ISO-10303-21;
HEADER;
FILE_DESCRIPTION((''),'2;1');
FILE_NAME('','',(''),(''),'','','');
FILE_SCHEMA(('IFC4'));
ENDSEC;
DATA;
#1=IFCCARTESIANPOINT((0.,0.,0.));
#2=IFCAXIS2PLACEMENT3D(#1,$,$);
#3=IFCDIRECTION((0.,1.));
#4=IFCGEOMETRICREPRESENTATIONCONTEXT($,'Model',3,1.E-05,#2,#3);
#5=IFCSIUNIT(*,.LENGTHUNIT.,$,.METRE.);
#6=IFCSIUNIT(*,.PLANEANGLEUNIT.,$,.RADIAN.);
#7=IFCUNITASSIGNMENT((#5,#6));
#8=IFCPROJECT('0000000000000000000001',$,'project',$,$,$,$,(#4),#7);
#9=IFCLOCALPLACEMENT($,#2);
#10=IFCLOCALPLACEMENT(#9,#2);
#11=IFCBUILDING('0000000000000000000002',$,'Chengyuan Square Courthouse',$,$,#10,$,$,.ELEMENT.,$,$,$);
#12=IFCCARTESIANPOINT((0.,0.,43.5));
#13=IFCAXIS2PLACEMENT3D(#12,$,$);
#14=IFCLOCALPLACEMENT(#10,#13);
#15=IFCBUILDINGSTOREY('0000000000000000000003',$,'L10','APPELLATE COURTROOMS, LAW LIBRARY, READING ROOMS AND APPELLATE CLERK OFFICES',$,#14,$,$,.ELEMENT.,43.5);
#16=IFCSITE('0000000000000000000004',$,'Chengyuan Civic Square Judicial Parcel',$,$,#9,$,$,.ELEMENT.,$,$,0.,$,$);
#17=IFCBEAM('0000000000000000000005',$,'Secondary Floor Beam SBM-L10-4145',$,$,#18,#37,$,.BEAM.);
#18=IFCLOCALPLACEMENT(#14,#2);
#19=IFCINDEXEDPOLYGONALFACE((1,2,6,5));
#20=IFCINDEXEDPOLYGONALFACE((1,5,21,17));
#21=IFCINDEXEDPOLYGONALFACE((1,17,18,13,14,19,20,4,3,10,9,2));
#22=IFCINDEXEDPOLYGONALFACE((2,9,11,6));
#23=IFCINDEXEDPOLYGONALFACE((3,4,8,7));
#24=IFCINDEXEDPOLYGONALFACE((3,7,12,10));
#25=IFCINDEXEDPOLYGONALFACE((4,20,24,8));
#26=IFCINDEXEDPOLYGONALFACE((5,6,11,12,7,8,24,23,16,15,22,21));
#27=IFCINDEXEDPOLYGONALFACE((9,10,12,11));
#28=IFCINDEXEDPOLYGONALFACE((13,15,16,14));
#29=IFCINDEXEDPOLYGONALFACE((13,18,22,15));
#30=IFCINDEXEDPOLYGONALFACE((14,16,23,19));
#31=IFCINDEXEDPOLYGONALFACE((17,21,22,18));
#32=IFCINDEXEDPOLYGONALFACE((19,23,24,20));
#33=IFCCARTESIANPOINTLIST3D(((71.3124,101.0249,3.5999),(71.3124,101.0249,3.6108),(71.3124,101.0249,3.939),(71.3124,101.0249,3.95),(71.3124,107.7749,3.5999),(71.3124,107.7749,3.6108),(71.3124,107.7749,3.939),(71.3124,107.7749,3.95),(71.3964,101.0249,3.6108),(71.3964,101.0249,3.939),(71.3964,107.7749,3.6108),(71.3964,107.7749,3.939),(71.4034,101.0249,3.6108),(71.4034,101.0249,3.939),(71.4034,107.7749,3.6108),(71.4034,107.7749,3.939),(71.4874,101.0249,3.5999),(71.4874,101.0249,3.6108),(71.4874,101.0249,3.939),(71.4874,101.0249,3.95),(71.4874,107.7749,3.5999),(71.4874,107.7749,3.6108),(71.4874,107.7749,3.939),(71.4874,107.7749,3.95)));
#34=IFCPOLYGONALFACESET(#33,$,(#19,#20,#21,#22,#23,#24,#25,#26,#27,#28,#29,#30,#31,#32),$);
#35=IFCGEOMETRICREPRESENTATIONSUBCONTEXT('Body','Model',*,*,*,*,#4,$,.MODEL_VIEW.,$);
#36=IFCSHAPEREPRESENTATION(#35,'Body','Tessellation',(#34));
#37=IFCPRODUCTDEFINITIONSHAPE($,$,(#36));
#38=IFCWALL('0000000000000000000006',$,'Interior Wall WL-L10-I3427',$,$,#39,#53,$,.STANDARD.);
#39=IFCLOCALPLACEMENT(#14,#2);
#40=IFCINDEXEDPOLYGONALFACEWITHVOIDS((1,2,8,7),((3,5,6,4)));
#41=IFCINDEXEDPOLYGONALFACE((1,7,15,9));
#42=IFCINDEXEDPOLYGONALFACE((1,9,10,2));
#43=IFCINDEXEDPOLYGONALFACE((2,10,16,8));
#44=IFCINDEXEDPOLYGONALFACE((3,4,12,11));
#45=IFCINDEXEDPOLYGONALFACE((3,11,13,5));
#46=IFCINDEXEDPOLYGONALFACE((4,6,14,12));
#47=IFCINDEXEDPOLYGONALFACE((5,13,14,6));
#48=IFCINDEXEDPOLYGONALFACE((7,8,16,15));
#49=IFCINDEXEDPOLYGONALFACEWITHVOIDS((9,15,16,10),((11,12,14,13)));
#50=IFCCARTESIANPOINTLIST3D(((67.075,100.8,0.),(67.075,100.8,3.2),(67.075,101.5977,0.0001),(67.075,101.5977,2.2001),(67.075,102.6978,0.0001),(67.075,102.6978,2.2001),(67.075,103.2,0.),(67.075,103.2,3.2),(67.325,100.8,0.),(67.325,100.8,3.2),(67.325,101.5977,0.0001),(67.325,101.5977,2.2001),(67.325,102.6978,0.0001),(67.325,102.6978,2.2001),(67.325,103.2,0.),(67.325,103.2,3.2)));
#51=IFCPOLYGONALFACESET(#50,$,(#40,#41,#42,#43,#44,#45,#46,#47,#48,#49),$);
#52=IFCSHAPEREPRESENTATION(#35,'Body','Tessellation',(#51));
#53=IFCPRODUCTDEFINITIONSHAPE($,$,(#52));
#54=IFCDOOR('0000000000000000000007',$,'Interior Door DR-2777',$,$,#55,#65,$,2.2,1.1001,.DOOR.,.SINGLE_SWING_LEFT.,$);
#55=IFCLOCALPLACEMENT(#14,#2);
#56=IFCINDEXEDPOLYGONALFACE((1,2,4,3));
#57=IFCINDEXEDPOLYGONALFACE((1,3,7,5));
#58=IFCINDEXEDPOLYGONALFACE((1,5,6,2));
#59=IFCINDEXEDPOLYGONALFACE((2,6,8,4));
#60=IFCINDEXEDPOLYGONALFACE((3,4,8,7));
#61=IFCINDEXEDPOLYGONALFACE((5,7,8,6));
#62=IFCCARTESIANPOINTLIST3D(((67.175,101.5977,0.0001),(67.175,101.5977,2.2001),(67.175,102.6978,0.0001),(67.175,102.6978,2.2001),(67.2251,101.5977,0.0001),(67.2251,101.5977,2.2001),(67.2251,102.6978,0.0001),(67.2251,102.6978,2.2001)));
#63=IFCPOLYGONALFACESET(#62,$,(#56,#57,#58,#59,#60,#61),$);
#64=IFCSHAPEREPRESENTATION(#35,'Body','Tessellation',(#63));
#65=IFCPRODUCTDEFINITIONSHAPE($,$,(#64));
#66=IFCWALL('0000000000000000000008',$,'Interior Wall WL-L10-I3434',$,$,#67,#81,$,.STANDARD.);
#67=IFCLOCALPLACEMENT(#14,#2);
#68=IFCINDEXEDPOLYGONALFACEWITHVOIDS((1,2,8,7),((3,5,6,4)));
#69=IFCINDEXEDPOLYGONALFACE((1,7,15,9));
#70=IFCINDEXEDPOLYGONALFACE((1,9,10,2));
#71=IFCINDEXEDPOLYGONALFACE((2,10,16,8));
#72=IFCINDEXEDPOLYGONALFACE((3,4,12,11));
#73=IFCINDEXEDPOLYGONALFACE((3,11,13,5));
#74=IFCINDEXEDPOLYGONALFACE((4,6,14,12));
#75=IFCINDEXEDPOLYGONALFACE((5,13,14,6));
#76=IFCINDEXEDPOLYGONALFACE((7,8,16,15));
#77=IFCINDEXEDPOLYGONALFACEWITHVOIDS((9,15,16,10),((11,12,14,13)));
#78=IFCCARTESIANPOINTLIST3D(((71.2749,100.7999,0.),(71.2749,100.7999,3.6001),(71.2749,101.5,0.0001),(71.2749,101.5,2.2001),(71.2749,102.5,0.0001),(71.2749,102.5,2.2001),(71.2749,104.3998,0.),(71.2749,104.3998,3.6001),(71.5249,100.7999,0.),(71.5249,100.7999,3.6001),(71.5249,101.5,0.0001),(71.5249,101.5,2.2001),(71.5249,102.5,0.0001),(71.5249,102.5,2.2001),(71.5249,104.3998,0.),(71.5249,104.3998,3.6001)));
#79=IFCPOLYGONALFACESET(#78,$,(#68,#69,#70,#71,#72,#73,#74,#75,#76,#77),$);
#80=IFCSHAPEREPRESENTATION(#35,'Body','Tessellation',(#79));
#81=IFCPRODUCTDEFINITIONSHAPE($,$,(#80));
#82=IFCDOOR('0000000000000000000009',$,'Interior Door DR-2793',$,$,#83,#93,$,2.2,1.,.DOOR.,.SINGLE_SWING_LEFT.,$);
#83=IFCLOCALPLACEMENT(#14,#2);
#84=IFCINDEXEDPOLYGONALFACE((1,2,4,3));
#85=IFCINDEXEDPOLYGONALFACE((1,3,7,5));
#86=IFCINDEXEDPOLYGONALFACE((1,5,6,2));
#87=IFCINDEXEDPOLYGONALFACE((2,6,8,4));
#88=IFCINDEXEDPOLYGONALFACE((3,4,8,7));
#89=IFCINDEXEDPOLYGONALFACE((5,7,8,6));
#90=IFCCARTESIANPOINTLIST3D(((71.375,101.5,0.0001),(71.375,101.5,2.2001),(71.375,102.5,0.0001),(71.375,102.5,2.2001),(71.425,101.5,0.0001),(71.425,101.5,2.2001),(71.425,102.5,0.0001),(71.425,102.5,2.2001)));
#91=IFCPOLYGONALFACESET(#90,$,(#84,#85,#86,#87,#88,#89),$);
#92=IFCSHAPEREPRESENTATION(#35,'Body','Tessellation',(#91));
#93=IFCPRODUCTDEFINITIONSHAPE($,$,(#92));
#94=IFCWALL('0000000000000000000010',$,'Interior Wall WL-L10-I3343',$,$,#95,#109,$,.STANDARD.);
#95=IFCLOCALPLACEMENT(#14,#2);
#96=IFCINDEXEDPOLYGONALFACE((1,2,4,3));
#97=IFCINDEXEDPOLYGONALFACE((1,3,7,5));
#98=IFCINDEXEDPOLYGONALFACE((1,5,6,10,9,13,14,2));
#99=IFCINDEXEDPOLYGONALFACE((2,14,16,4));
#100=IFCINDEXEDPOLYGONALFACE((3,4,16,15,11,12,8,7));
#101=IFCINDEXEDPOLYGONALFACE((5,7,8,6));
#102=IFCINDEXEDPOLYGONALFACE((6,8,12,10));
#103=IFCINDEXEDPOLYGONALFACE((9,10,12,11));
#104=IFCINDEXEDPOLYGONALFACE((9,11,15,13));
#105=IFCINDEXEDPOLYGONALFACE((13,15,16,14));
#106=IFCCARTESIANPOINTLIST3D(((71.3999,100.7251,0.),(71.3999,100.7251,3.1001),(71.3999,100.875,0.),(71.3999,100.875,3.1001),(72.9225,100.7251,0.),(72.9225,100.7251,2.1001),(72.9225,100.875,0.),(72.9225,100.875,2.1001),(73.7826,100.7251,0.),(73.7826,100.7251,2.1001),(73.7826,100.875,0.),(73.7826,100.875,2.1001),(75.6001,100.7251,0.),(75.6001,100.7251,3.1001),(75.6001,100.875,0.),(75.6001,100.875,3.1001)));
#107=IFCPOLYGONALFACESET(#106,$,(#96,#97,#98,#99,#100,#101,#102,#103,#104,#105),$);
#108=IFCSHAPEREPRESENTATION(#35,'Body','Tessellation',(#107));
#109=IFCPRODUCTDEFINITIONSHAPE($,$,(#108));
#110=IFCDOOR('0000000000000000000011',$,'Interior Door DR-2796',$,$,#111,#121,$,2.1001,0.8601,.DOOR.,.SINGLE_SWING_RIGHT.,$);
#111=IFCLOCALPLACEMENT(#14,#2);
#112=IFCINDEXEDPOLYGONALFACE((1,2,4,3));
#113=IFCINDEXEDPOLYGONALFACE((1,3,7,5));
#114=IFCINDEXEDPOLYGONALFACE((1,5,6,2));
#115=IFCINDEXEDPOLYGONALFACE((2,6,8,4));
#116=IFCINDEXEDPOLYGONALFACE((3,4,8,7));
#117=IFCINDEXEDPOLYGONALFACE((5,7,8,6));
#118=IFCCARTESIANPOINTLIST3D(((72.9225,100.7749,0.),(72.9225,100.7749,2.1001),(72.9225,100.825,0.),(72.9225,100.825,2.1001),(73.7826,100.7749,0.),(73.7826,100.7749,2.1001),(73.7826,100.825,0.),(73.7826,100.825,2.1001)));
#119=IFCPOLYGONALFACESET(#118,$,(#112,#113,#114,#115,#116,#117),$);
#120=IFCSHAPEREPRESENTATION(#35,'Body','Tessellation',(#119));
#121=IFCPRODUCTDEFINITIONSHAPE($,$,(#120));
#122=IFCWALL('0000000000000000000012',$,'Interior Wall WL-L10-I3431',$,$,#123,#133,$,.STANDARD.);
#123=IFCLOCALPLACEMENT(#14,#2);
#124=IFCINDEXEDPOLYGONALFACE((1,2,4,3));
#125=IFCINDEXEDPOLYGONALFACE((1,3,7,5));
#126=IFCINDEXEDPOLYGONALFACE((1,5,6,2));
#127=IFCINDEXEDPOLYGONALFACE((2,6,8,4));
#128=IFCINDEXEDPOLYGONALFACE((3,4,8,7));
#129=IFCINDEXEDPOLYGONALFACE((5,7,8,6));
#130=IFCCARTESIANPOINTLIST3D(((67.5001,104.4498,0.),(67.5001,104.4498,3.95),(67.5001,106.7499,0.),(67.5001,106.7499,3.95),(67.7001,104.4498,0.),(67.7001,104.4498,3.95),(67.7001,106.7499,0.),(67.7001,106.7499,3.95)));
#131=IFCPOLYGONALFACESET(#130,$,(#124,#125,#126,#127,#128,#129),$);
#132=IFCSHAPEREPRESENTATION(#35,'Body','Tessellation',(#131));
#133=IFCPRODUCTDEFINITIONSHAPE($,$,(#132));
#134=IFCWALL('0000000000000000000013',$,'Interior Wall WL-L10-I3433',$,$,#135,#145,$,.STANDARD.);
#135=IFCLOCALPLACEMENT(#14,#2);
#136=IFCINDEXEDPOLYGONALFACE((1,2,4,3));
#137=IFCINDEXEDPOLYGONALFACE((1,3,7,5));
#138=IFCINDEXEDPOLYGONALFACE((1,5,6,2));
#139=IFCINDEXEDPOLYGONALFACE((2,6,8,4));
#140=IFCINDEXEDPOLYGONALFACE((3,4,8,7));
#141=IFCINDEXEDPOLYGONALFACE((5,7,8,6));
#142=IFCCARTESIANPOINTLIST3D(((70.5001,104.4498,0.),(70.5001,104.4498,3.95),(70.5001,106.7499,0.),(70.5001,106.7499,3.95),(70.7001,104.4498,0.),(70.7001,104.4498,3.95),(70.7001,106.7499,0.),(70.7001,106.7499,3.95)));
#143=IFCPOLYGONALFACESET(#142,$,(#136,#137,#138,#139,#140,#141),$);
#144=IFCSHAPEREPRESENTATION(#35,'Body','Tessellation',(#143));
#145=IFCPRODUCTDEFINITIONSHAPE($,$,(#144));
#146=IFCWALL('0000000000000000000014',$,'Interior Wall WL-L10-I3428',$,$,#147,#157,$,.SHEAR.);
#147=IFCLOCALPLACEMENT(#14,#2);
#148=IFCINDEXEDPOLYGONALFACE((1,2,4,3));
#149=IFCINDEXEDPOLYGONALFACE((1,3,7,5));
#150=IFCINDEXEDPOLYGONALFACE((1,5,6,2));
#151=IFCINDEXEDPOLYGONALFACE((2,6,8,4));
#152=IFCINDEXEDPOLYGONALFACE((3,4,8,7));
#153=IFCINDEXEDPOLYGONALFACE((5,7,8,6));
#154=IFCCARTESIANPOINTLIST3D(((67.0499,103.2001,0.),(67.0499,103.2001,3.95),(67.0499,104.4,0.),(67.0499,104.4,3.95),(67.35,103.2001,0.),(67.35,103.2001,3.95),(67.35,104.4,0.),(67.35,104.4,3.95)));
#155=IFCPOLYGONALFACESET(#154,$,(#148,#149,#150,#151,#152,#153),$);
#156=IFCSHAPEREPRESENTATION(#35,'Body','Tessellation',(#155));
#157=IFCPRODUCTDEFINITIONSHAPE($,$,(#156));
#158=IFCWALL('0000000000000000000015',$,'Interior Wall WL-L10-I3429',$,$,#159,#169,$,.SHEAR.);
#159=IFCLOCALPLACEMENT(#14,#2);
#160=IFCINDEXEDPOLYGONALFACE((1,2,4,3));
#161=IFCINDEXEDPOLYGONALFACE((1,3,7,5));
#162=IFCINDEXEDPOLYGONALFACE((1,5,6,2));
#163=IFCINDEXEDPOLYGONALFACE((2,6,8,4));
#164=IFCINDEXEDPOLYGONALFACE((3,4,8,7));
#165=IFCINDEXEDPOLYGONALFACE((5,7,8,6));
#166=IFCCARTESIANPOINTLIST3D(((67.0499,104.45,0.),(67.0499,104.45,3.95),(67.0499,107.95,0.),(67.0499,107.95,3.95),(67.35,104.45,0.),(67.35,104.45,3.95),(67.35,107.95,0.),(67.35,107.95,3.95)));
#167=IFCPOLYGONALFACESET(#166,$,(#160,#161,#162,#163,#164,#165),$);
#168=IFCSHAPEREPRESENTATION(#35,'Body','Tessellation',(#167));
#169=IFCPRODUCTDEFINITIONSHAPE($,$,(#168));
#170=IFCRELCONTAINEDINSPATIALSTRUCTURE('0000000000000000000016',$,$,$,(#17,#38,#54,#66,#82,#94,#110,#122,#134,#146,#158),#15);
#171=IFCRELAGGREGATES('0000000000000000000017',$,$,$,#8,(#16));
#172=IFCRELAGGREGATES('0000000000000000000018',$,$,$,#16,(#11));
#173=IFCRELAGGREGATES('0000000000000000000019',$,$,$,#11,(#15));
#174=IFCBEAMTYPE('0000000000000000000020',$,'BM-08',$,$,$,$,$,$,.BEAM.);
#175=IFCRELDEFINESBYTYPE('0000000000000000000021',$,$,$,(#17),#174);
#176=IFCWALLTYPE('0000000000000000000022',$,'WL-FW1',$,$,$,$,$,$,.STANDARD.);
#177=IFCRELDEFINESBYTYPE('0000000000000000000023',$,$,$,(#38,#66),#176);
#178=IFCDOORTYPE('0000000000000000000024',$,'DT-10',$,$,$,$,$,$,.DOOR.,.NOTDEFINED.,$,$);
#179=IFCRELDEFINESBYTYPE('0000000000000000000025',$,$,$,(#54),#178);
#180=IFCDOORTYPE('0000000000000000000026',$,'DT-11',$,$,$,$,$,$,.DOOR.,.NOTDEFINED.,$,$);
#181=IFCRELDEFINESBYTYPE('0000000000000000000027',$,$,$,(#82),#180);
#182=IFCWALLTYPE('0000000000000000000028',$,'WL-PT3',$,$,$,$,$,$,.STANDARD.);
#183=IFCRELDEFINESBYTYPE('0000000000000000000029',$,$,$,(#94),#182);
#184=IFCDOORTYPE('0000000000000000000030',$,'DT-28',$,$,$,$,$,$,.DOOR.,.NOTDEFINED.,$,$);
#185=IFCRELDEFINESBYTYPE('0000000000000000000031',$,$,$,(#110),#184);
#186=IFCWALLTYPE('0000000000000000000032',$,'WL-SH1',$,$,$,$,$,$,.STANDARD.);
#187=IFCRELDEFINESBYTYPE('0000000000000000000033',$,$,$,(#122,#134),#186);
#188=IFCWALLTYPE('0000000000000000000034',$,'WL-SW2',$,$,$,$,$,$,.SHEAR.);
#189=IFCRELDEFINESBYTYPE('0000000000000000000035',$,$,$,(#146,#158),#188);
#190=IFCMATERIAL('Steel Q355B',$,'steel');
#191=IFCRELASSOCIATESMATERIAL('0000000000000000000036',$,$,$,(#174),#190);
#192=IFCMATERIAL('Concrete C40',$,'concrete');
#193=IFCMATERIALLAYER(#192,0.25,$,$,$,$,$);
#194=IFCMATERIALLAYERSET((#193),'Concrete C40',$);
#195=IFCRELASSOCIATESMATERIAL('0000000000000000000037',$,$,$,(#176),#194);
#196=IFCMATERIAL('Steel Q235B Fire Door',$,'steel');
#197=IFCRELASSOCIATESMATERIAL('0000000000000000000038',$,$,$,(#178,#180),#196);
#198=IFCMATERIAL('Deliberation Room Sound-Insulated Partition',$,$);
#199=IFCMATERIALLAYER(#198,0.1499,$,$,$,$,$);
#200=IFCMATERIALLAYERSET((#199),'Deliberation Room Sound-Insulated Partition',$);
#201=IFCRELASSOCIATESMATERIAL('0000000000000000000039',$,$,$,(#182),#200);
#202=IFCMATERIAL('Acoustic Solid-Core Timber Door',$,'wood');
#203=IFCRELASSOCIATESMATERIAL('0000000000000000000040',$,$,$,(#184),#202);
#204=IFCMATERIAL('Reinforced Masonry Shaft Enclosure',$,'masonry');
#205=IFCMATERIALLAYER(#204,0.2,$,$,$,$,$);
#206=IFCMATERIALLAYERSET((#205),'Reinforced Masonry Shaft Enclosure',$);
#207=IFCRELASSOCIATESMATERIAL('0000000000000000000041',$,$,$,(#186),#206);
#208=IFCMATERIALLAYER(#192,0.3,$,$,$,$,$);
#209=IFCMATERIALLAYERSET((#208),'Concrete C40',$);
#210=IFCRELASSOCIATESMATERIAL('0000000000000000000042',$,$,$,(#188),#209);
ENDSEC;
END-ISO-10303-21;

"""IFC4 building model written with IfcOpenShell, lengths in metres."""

from ifc_helpers import new_model, si_unit, direction, frame, frame_2d, origin, origin_2d, place, context, subcontext, project, spatial, rectangle, i_section, extrude, material, layer, layer_set, material_profile, profile_set, type_object, element, fill, save


model = new_model("IFC4")

# Units and contexts
model_context = context("Model", 3, precision=1e-05, world=origin(), true_north=direction((0.0, 1.0)))
body_context = subcontext(model_context, "Body", "Model", "MODEL_VIEW")
ifc_project = project(units=[si_unit("LENGTHUNIT", "METRE"), si_unit("PLANEANGLEUNIT", "RADIAN")], contexts=[model_context])

# Site, building, storey
site_placement = place(None, origin())
site = spatial("IfcSite", under=ifc_project, at=site_placement, Name="Chengyuan Civic Square Judicial Parcel", CompositionType="ELEMENT", RefElevation=0.0)
building_placement = place(site_placement, origin())
building = spatial("IfcBuilding", under=site, at=building_placement, Name="Chengyuan Square Courthouse", CompositionType="ELEMENT")
storey_placement = place(building_placement, frame((0.0, 0.0, 43.5)))
storey = spatial("IfcBuildingStorey", under=building, at=storey_placement, Name="L10", Description="APPELLATE COURTROOMS, LAW LIBRARY, READING ROOMS AND APPELLATE CLERK OFFICES", CompositionType="ELEMENT", Elevation=43.5)

# Beam
ifc_material_1 = material(Name="Steel Q355B", Category="steel")
ifc_material_profile = material_profile(ifc_material_1, i_section(OverallWidth=0.175, OverallDepth=0.3501, WebThickness=0.0071, FlangeThickness=0.011, at=origin_2d()), Name="HN 350x175x7x11")
ifc_profile_set = profile_set([ifc_material_profile], Name="Steel Q355B")
beam_type = type_object("IfcBeamType", Name="BM-08", PredefinedType="BEAM", material=ifc_profile_set)
beam_placement = place(storey_placement, frame((71.3999, 101.0249, 3.7749), z_axis=(0.0, 1.0, 0.0), x_axis=(-1.0, 0.0, 0.0)))
element("IfcBeam", 1, at=beam_placement, inside=storey, type_object=beam_type, Name="Secondary Floor Beam SBM-L10-4145", PredefinedType="BEAM", context=body_context, shape_type="SweptSolid", body=[
    extrude(i_section(OverallWidth=0.175, OverallDepth=0.3501, WebThickness=0.0071, FlangeThickness=0.011, at=origin_2d()), origin(), (0.0, 0.0, 1.0), 6.75),
])

# Walls, openings, doors
ifc_material_2 = material(Name="Concrete C40", Category="concrete")
ifc_layer_1 = layer(ifc_material_2, 0.25)
ifc_layer_set_1 = layer_set([ifc_layer_1], Name="Concrete C40")
wall_type_1 = type_object("IfcWallType", Name="WL-FW1", PredefinedType="STANDARD", material=ifc_layer_set_1)
wall_1_placement = place(storey_placement, frame((67.2, 100.8, 0.0), z_axis=(0.0, 0.0, 1.0), x_axis=(0.0, 1.0, 0.0)))
wall_1 = element("IfcWall", 2, at=wall_1_placement, inside=storey, type_object=wall_type_1, Name="Interior Wall WL-L10-I3427", PredefinedType="STANDARD", context=body_context, shape_type="SweptSolid", body=[
    extrude(rectangle(XDim=2.3999, YDim=0.25, at=frame_2d((1.2, 0.0))), origin(), (0.0, 0.0, 1.0), 3.2),
])
opening_1_placement = place(wall_1_placement, frame((0.7976, 0.0, 0.0)))
opening_1 = element("IfcOpeningElement", 3, at=opening_1_placement, cuts=wall_1, PredefinedType="OPENING", context=body_context, shape_type="SweptSolid", body=[
    extrude(rectangle(XDim=1.1001, YDim=2.2, at=frame_2d((0.55, 1.1001))), frame((0.0, 0.137, 0.0), z_axis=(0.0, -1.0, 0.0), x_axis=(1.0, 0.0, 0.0)), (0.0, 0.0, 1.0), 0.2739),
])
ifc_material_3 = material(Name="Steel Q235B Fire Door", Category="steel")
door_type_1 = type_object("IfcDoorType", Name="DT-10", OperationType="NOTDEFINED", PredefinedType="DOOR", material=ifc_material_3)
door_1_placement = place(opening_1_placement, origin())
door_1 = element("IfcDoor", 4, at=door_1_placement, inside=storey, type_object=door_type_1, Name="Interior Door DR-2777", OperationType="SINGLE_SWING_LEFT", OverallHeight=2.2, OverallWidth=1.1001, PredefinedType="DOOR", context=body_context, shape_type="SweptSolid", body=[
    extrude(rectangle(XDim=1.1001, YDim=2.2, at=frame_2d((0.55, 1.1001))), frame((0.0, 0.0249, 0.0), z_axis=(0.0, -1.0, 0.0), x_axis=(1.0, 0.0, 0.0)), (0.0, 0.0, 1.0), 0.05),
])
fill(opening_1, door_1)
wall_2_placement = place(storey_placement, frame((71.3999, 100.8, 0.0), z_axis=(0.0, 0.0, 1.0), x_axis=(0.0, 1.0, 0.0)))
wall_2 = element("IfcWall", 5, at=wall_2_placement, inside=storey, type_object=wall_type_1, Name="Interior Wall WL-L10-I3434", PredefinedType="STANDARD", context=body_context, shape_type="SweptSolid", body=[
    extrude(rectangle(XDim=3.5999, YDim=0.25, at=frame_2d((1.7998, 0.0))), origin(), (0.0, 0.0, 1.0), 3.6001),
])
opening_2_placement = place(wall_2_placement, frame((0.7, 0.0, 0.0)))
opening_2 = element("IfcOpeningElement", 6, at=opening_2_placement, cuts=wall_2, PredefinedType="OPENING", context=body_context, shape_type="SweptSolid", body=[
    extrude(rectangle(XDim=1.0, YDim=2.2, at=frame_2d((0.5, 1.1001))), frame((0.0, 0.137, 0.0), z_axis=(0.0, -1.0, 0.0), x_axis=(1.0, 0.0, 0.0)), (0.0, 0.0, 1.0), 0.2739),
])
door_type_2 = type_object("IfcDoorType", Name="DT-11", OperationType="NOTDEFINED", PredefinedType="DOOR", material=ifc_material_3)
door_2_placement = place(opening_2_placement, origin())
door_2 = element("IfcDoor", 7, at=door_2_placement, inside=storey, type_object=door_type_2, Name="Interior Door DR-2793", OperationType="SINGLE_SWING_LEFT", OverallHeight=2.2, OverallWidth=1.0, PredefinedType="DOOR", context=body_context, shape_type="SweptSolid", body=[
    extrude(rectangle(XDim=1.0, YDim=2.2, at=frame_2d((0.5, 1.1001))), frame((0.0, 0.0249, 0.0), z_axis=(0.0, -1.0, 0.0), x_axis=(1.0, 0.0, 0.0)), (0.0, 0.0, 1.0), 0.05),
])
fill(opening_2, door_2)
ifc_material_4 = material(Name="Deliberation Room Sound-Insulated Partition")
ifc_layer_2 = layer(ifc_material_4, 0.1499)
ifc_layer_set_2 = layer_set([ifc_layer_2], Name="Deliberation Room Sound-Insulated Partition")
wall_type_2 = type_object("IfcWallType", Name="WL-PT3", PredefinedType="STANDARD", material=ifc_layer_set_2)
wall_3_placement = place(storey_placement, frame((71.3999, 100.8, 0.0), z_axis=(0.0, 0.0, 1.0), x_axis=(1.0, 0.0, 0.0)))
wall_3 = element("IfcWall", 8, at=wall_3_placement, inside=storey, type_object=wall_type_2, Name="Interior Wall WL-L10-I3343", PredefinedType="STANDARD", context=body_context, shape_type="SweptSolid", body=[
    extrude(rectangle(XDim=4.2002, YDim=0.1499, at=frame_2d((2.1001, 0.0))), origin(), (0.0, 0.0, 1.0), 3.1001),
])
opening_3_placement = place(wall_3_placement, frame((1.5225, 0.0, 0.0)))
opening_3 = element("IfcOpeningElement", 9, at=opening_3_placement, cuts=wall_3, PredefinedType="OPENING", context=body_context, shape_type="SweptSolid", body=[
    extrude(rectangle(XDim=0.8601, YDim=2.1001, at=frame_2d((0.4302, 1.05))), frame((0.0, 0.0869, 0.0), z_axis=(0.0, -1.0, 0.0), x_axis=(1.0, 0.0, 0.0)), (0.0, 0.0, 1.0), 0.1738),
])
ifc_material_5 = material(Name="Acoustic Solid-Core Timber Door", Category="wood")
door_type_3 = type_object("IfcDoorType", Name="DT-28", OperationType="NOTDEFINED", PredefinedType="DOOR", material=ifc_material_5)
door_3_placement = place(opening_3_placement, origin())
door_3 = element("IfcDoor", 10, at=door_3_placement, inside=storey, type_object=door_type_3, Name="Interior Door DR-2796", OperationType="SINGLE_SWING_RIGHT", OverallHeight=2.1001, OverallWidth=0.8601, PredefinedType="DOOR", context=body_context, shape_type="SweptSolid", body=[
    extrude(rectangle(XDim=0.8601, YDim=2.1001, at=frame_2d((0.4302, 1.05))), frame((0.0, 0.0249, 0.0), z_axis=(0.0, -1.0, 0.0), x_axis=(1.0, 0.0, 0.0)), (0.0, 0.0, 1.0), 0.05),
])
fill(opening_3, door_3)
ifc_material_6 = material(Name="Reinforced Masonry Shaft Enclosure", Category="masonry")
ifc_layer_3 = layer(ifc_material_6, 0.2)
ifc_layer_set_3 = layer_set([ifc_layer_3], Name="Reinforced Masonry Shaft Enclosure")
wall_type_3 = type_object("IfcWallType", Name="WL-SH1", PredefinedType="STANDARD", material=ifc_layer_set_3)

# Walls
for number, where, z_axis, x_axis, name in (
    (11, (67.6001, 104.45, 0.0), (0.0, 0.0, 1.0), (0.0, 1.0, 0.0), "Interior Wall WL-L10-I3431"),
    (12, (70.6001, 104.45, 0.0), (0.0, 0.0, 1.0), (0.0, 1.0, 0.0), "Interior Wall WL-L10-I3433"),
):
    element("IfcWall", number, at=place(storey_placement, frame(where, z_axis=z_axis, x_axis=x_axis)), inside=storey, type_object=wall_type_3, Name=name, PredefinedType="STANDARD", context=body_context, shape_type="SweptSolid", body=[
        extrude(rectangle(XDim=2.3, YDim=0.2, at=frame_2d((1.1499, 0.0))), origin(), (0.0, 0.0, 1.0), 3.95),
    ])
ifc_layer_4 = layer(ifc_material_2, 0.3)
ifc_layer_set_4 = layer_set([ifc_layer_4], Name="Concrete C40")
wall_type_4 = type_object("IfcWallType", Name="WL-SW2", PredefinedType="SHEAR", material=ifc_layer_set_4)
wall_4_placement = place(storey_placement, frame((67.2, 103.2, 0.0), z_axis=(0.0, 0.0, 1.0), x_axis=(0.0, 1.0, 0.0)))
element("IfcWall", 13, at=wall_4_placement, inside=storey, type_object=wall_type_4, Name="Interior Wall WL-L10-I3428", PredefinedType="SHEAR", context=body_context, shape_type="SweptSolid", body=[
    extrude(rectangle(XDim=1.2, YDim=0.3, at=frame_2d((0.6001, 0.0))), origin(), (0.0, 0.0, 1.0), 3.95),
])
wall_5_placement = place(storey_placement, frame((67.2, 104.45, 0.0), z_axis=(0.0, 0.0, 1.0), x_axis=(0.0, 1.0, 0.0)))
element("IfcWall", 14, at=wall_5_placement, inside=storey, type_object=wall_type_4, Name="Interior Wall WL-L10-I3429", PredefinedType="SHEAR", context=body_context, shape_type="SweptSolid", body=[
    extrude(rectangle(XDim=3.5, YDim=0.3, at=frame_2d((1.75, 0.0))), origin(), (0.0, 0.0, 1.0), 3.95),
])

save(model, "model.ifc")
